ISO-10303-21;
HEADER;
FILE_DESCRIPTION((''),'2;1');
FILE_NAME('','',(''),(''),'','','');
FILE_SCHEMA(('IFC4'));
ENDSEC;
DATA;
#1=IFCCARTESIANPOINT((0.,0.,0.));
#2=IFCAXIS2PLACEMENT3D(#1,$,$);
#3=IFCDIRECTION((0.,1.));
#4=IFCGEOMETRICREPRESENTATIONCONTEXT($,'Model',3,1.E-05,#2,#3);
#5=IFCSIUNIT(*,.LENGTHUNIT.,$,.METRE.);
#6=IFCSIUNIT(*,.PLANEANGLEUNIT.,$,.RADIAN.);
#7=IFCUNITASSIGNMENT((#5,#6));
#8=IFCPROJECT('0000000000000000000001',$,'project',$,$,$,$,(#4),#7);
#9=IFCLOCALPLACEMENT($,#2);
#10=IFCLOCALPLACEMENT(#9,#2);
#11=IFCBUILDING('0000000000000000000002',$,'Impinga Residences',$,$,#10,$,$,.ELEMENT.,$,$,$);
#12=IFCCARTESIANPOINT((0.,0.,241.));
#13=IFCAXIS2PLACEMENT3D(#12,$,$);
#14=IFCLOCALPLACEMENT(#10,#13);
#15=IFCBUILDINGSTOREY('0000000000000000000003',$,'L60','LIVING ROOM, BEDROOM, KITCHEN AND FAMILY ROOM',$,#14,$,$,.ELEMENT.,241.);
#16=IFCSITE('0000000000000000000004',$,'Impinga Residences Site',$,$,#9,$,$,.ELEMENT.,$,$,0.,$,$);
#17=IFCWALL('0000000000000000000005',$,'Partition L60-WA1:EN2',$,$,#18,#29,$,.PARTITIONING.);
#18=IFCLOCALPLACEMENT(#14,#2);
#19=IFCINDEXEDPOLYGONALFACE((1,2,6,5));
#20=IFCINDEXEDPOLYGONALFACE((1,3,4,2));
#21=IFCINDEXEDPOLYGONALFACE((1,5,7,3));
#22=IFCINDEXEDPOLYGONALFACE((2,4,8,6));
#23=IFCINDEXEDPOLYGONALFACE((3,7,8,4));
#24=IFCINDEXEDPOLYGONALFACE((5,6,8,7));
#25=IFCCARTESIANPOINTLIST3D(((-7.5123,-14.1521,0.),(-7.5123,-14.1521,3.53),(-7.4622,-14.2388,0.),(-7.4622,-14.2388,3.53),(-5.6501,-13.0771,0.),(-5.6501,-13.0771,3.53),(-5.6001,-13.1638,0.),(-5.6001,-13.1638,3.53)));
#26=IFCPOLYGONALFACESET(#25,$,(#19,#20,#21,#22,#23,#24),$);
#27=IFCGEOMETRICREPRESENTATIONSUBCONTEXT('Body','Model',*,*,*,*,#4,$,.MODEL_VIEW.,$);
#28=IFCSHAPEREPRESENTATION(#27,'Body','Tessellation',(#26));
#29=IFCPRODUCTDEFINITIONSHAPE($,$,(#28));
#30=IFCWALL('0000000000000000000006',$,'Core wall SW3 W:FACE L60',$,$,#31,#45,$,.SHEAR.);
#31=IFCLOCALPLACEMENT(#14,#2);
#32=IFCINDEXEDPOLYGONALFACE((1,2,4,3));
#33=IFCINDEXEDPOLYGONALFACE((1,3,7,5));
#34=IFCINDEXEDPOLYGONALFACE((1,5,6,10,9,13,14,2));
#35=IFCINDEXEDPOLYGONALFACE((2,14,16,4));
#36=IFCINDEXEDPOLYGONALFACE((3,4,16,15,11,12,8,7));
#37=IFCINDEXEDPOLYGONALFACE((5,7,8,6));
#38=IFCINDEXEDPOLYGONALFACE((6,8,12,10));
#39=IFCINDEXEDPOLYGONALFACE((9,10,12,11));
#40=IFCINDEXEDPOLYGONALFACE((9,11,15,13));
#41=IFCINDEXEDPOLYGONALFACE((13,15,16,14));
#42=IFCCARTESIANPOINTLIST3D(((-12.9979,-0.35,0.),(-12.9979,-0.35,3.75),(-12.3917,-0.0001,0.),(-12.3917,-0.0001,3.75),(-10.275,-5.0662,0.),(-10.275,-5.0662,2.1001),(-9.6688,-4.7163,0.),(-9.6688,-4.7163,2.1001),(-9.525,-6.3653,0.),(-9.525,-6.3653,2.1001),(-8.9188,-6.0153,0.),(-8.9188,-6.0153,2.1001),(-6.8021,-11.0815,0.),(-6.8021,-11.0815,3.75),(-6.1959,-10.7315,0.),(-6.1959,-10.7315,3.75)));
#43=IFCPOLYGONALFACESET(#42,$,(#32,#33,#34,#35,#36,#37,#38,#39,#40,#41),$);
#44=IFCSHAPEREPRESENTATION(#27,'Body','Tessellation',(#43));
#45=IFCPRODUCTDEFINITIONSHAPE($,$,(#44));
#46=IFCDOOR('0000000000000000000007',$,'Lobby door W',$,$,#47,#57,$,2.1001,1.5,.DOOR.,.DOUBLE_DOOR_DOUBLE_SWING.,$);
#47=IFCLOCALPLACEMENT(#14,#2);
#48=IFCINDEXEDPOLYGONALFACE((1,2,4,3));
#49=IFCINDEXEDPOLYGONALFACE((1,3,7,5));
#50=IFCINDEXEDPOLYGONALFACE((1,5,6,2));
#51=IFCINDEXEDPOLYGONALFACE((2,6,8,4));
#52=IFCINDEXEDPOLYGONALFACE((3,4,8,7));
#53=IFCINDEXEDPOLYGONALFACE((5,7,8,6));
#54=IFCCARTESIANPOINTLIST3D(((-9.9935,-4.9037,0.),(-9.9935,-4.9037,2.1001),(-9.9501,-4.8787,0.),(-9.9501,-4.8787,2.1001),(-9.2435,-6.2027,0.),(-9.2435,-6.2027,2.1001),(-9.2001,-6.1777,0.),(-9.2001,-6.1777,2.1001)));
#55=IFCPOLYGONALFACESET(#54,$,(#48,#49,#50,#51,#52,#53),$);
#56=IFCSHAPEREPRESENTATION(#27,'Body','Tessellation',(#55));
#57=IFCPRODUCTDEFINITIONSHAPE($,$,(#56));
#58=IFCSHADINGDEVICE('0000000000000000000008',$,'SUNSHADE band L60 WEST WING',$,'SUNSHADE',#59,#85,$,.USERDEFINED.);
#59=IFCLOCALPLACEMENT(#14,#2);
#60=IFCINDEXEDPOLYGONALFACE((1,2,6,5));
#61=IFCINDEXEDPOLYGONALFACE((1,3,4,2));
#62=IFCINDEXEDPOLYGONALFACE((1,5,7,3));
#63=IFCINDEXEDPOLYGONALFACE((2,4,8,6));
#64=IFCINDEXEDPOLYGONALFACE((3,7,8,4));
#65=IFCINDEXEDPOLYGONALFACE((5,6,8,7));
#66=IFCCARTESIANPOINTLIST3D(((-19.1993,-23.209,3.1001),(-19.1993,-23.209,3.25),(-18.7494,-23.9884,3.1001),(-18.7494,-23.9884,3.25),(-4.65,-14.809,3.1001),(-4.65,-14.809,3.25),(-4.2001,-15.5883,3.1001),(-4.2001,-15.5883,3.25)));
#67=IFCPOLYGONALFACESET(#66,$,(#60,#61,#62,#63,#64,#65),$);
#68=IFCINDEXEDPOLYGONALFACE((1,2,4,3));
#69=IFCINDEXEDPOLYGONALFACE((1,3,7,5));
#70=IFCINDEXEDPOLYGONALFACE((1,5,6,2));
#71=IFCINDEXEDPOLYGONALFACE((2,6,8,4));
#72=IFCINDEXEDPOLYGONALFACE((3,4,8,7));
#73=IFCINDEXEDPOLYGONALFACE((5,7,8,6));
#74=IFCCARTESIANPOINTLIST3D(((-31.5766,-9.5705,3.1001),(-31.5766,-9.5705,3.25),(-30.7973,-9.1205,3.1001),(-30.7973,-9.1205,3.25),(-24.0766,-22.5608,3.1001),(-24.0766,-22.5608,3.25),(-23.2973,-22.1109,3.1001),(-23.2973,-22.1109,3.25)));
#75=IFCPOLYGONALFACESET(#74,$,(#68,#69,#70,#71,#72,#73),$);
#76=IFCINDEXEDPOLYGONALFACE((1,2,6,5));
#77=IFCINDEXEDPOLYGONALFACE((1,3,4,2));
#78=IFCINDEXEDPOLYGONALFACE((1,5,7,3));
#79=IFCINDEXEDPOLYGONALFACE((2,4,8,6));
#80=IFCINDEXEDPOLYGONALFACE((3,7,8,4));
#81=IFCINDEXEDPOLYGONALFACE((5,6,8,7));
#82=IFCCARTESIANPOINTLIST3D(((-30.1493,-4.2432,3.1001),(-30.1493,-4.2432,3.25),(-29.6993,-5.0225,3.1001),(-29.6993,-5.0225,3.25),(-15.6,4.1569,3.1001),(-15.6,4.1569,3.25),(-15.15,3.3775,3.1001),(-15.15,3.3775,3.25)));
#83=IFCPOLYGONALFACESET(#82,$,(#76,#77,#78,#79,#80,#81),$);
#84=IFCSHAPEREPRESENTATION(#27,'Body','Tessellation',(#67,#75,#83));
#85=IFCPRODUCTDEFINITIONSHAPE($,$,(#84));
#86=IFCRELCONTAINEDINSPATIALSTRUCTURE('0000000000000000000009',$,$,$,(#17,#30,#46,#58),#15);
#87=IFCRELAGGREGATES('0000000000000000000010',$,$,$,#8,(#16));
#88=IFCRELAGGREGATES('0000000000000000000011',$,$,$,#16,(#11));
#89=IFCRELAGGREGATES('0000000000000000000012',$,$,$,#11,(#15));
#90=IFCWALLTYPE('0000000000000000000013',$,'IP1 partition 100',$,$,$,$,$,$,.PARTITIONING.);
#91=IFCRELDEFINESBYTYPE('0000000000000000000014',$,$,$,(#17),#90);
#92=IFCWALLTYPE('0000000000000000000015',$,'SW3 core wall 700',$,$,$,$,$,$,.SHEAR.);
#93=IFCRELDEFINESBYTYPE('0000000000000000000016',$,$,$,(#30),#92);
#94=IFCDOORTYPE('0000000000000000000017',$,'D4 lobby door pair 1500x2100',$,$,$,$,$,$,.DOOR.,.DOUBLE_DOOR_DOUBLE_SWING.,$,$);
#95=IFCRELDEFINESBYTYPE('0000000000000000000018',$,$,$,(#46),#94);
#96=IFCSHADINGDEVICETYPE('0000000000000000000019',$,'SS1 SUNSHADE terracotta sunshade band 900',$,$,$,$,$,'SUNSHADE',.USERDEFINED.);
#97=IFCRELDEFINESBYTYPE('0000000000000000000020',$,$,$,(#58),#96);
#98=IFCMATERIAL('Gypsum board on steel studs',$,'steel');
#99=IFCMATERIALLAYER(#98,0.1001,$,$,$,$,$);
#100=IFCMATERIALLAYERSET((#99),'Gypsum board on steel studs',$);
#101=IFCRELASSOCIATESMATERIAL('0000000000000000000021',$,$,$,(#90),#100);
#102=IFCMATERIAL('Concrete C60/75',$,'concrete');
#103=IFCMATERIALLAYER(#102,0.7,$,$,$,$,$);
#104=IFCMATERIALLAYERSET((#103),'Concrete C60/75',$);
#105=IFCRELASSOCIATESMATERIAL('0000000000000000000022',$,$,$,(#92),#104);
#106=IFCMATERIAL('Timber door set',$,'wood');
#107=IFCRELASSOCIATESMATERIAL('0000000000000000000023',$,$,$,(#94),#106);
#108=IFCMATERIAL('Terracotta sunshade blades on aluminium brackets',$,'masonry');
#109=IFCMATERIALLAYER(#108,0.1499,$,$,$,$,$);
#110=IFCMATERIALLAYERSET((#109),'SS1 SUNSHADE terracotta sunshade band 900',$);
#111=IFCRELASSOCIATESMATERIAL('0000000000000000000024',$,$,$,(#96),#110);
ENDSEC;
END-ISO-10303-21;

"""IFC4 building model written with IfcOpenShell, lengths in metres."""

from ifc_helpers import new_model, si_unit, direction, frame, frame_2d, origin, origin_2d, place, context, subcontext, project, spatial, rectangle, extrude, material, layer, layer_set, type_object, element, fill, save


model = new_model("IFC4")

# Units and contexts
model_context = context("Model", 3, precision=1e-05, world=origin(), true_north=direction((0.0, 1.0)))
body_context = subcontext(model_context, "Body", "Model", "MODEL_VIEW")
ifc_project = project(units=[si_unit("LENGTHUNIT", "METRE"), si_unit("PLANEANGLEUNIT", "RADIAN")], contexts=[model_context])

# Site, building, storey
site_placement = place(None, origin())
site = spatial("IfcSite", under=ifc_project, at=site_placement, Name="Impinga Residences Site", CompositionType="ELEMENT", RefElevation=0.0)
building_placement = place(site_placement, origin())
building = spatial("IfcBuilding", under=site, at=building_placement, Name="Impinga Residences", CompositionType="ELEMENT")
storey_placement = place(building_placement, frame((0.0, 0.0, 241.0)))
storey = spatial("IfcBuildingStorey", under=building, at=storey_placement, Name="L60", Description="LIVING ROOM, BEDROOM, KITCHEN AND FAMILY ROOM", CompositionType="ELEMENT", Elevation=241.0)

# Shared definitions
ifc_material_1 = material(Name="Concrete C60/75", Category="concrete")

# Shared definitions
ifc_material_2 = material(Name="Gypsum board on steel studs", Category="steel")
ifc_layer_1 = layer(ifc_material_2, 0.1001)
ifc_layer_set_1 = layer_set([ifc_layer_1], Name="Gypsum board on steel studs")
wall_type_1 = type_object("IfcWallType", Name="IP1 partition 100", PredefinedType="PARTITIONING", material=ifc_layer_set_1)

# Shared definitions
ifc_material_3 = material(Name="Timber door set", Category="wood")

# Wall
wall_1_placement = place(storey_placement, frame((-5.625, -13.1204, 0.0), z_axis=(0.0, 0.0, 1.0), x_axis=(-0.866048, -0.499962, 0.0)))
element("IfcWall", 1, at=wall_1_placement, inside=storey, type_object=wall_type_1, Name="Partition L60-WA1:EN2", PredefinedType="PARTITIONING", context=body_context, shape_type="SweptSolid", body=[
    extrude(rectangle(XDim=2.1501, YDim=0.1001, at=frame_2d((1.0752, 0.0))), origin(), (0.0, 0.0, 1.0), 3.53),
])

# Wall, opening, door
ifc_layer_2 = layer(ifc_material_1, 0.7)
ifc_layer_set_2 = layer_set([ifc_layer_2], Name="Concrete C60/75")
wall_type_2 = type_object("IfcWallType", Name="SW3 core wall 700", PredefinedType="SHEAR", material=ifc_layer_set_2)
wall_2_placement = place(storey_placement, frame((-6.499, -10.9065, 0.0), z_axis=(0.0, 0.0, 1.0), x_axis=(-0.5, 0.866025, 0.0)))
wall_2 = element("IfcWall", 2, at=wall_2_placement, inside=storey, type_object=wall_type_2, Name="Core wall SW3 W:FACE L60", PredefinedType="SHEAR", context=body_context, shape_type="SweptSolid", body=[
    extrude(rectangle(XDim=12.3916, YDim=0.7, at=frame_2d((6.1958, 0.0))), origin(), (0.0, 0.0, 1.0), 3.75),
])
opening_1_placement = place(wall_2_placement, frame((5.4458, 0.0, 0.0)))
opening_1 = element("IfcOpeningElement", 3, at=opening_1_placement, cuts=wall_2, PredefinedType="OPENING", context=body_context, shape_type="SweptSolid", body=[
    extrude(rectangle(XDim=1.5, YDim=2.1001, at=frame_2d((0.75, 1.05))), frame((0.0, 0.3599, 0.0), z_axis=(0.0, -1.0, 0.0), x_axis=(1.0, 0.0, 0.0)), (0.0, 0.0, 1.0), 0.72),
])
door_type_1 = type_object("IfcDoorType", Name="D4 lobby door pair 1500x2100", OperationType="DOUBLE_DOOR_DOUBLE_SWING", PredefinedType="DOOR", material=ifc_material_3)
door_1_placement = place(opening_1_placement, origin())
door_1 = element("IfcDoor", 4, at=door_1_placement, inside=storey, type_object=door_type_1, Name="Lobby door W", OperationType="DOUBLE_DOOR_DOUBLE_SWING", OverallHeight=2.1001, OverallWidth=1.5, PredefinedType="DOOR", context=body_context, shape_type="SweptSolid", body=[
    extrude(rectangle(XDim=1.5, YDim=2.1001, at=frame_2d((0.75, 1.05))), frame((0.0, 0.0249, 0.0), z_axis=(0.0, -1.0, 0.0), x_axis=(1.0, 0.0, 0.0)), (0.0, 0.0, 1.0), 0.05),
])
fill(opening_1, door_1)

# Shading device
ifc_material_4 = material(Name="Terracotta sunshade blades on aluminium brackets", Category="masonry")
ifc_layer_3 = layer(ifc_material_4, 0.1499)
ifc_layer_set_3 = layer_set([ifc_layer_3], Name="SS1 SUNSHADE terracotta sunshade band 900")
shading_device_type = type_object("IfcShadingDeviceType", Name="SS1 SUNSHADE terracotta sunshade band 900", ElementType="SUNSHADE", PredefinedType="USERDEFINED", material=ifc_layer_set_3)
shading_device_placement = place(storey_placement, frame((-11.6997, -19.3987, 3.1001), z_axis=(0.0, 0.0, 1.0), x_axis=(-0.866025, -0.5, 0.0)))
element("IfcShadingDevice", 5, at=shading_device_placement, inside=storey, type_object=shading_device_type, Name="SUNSHADE band L60 WEST WING", ObjectType="SUNSHADE", PredefinedType="USERDEFINED", context=body_context, shape_type="SweptSolid", body=[
    extrude(rectangle(XDim=16.8, YDim=0.8999, at=origin_2d()), origin(), (0.0, 0.0, 1.0), 0.1499),
    extrude(rectangle(XDim=15.0, YDim=0.8999, at=origin_2d()), frame((11.8499, -10.95, 0.0), z_axis=(0.0, 0.0, 1.0), x_axis=(0.0, -1.0, 0.0)), (0.0, 0.0, 1.0), 0.1499),
    extrude(rectangle(XDim=16.8, YDim=0.8999, at=origin_2d()), frame((0.0, -21.8999, 0.0), z_axis=(0.0, 0.0, 1.0), x_axis=(-1.0, 0.0, 0.0)), (0.0, 0.0, 1.0), 0.1499),
])

save(model, "model.ifc")
